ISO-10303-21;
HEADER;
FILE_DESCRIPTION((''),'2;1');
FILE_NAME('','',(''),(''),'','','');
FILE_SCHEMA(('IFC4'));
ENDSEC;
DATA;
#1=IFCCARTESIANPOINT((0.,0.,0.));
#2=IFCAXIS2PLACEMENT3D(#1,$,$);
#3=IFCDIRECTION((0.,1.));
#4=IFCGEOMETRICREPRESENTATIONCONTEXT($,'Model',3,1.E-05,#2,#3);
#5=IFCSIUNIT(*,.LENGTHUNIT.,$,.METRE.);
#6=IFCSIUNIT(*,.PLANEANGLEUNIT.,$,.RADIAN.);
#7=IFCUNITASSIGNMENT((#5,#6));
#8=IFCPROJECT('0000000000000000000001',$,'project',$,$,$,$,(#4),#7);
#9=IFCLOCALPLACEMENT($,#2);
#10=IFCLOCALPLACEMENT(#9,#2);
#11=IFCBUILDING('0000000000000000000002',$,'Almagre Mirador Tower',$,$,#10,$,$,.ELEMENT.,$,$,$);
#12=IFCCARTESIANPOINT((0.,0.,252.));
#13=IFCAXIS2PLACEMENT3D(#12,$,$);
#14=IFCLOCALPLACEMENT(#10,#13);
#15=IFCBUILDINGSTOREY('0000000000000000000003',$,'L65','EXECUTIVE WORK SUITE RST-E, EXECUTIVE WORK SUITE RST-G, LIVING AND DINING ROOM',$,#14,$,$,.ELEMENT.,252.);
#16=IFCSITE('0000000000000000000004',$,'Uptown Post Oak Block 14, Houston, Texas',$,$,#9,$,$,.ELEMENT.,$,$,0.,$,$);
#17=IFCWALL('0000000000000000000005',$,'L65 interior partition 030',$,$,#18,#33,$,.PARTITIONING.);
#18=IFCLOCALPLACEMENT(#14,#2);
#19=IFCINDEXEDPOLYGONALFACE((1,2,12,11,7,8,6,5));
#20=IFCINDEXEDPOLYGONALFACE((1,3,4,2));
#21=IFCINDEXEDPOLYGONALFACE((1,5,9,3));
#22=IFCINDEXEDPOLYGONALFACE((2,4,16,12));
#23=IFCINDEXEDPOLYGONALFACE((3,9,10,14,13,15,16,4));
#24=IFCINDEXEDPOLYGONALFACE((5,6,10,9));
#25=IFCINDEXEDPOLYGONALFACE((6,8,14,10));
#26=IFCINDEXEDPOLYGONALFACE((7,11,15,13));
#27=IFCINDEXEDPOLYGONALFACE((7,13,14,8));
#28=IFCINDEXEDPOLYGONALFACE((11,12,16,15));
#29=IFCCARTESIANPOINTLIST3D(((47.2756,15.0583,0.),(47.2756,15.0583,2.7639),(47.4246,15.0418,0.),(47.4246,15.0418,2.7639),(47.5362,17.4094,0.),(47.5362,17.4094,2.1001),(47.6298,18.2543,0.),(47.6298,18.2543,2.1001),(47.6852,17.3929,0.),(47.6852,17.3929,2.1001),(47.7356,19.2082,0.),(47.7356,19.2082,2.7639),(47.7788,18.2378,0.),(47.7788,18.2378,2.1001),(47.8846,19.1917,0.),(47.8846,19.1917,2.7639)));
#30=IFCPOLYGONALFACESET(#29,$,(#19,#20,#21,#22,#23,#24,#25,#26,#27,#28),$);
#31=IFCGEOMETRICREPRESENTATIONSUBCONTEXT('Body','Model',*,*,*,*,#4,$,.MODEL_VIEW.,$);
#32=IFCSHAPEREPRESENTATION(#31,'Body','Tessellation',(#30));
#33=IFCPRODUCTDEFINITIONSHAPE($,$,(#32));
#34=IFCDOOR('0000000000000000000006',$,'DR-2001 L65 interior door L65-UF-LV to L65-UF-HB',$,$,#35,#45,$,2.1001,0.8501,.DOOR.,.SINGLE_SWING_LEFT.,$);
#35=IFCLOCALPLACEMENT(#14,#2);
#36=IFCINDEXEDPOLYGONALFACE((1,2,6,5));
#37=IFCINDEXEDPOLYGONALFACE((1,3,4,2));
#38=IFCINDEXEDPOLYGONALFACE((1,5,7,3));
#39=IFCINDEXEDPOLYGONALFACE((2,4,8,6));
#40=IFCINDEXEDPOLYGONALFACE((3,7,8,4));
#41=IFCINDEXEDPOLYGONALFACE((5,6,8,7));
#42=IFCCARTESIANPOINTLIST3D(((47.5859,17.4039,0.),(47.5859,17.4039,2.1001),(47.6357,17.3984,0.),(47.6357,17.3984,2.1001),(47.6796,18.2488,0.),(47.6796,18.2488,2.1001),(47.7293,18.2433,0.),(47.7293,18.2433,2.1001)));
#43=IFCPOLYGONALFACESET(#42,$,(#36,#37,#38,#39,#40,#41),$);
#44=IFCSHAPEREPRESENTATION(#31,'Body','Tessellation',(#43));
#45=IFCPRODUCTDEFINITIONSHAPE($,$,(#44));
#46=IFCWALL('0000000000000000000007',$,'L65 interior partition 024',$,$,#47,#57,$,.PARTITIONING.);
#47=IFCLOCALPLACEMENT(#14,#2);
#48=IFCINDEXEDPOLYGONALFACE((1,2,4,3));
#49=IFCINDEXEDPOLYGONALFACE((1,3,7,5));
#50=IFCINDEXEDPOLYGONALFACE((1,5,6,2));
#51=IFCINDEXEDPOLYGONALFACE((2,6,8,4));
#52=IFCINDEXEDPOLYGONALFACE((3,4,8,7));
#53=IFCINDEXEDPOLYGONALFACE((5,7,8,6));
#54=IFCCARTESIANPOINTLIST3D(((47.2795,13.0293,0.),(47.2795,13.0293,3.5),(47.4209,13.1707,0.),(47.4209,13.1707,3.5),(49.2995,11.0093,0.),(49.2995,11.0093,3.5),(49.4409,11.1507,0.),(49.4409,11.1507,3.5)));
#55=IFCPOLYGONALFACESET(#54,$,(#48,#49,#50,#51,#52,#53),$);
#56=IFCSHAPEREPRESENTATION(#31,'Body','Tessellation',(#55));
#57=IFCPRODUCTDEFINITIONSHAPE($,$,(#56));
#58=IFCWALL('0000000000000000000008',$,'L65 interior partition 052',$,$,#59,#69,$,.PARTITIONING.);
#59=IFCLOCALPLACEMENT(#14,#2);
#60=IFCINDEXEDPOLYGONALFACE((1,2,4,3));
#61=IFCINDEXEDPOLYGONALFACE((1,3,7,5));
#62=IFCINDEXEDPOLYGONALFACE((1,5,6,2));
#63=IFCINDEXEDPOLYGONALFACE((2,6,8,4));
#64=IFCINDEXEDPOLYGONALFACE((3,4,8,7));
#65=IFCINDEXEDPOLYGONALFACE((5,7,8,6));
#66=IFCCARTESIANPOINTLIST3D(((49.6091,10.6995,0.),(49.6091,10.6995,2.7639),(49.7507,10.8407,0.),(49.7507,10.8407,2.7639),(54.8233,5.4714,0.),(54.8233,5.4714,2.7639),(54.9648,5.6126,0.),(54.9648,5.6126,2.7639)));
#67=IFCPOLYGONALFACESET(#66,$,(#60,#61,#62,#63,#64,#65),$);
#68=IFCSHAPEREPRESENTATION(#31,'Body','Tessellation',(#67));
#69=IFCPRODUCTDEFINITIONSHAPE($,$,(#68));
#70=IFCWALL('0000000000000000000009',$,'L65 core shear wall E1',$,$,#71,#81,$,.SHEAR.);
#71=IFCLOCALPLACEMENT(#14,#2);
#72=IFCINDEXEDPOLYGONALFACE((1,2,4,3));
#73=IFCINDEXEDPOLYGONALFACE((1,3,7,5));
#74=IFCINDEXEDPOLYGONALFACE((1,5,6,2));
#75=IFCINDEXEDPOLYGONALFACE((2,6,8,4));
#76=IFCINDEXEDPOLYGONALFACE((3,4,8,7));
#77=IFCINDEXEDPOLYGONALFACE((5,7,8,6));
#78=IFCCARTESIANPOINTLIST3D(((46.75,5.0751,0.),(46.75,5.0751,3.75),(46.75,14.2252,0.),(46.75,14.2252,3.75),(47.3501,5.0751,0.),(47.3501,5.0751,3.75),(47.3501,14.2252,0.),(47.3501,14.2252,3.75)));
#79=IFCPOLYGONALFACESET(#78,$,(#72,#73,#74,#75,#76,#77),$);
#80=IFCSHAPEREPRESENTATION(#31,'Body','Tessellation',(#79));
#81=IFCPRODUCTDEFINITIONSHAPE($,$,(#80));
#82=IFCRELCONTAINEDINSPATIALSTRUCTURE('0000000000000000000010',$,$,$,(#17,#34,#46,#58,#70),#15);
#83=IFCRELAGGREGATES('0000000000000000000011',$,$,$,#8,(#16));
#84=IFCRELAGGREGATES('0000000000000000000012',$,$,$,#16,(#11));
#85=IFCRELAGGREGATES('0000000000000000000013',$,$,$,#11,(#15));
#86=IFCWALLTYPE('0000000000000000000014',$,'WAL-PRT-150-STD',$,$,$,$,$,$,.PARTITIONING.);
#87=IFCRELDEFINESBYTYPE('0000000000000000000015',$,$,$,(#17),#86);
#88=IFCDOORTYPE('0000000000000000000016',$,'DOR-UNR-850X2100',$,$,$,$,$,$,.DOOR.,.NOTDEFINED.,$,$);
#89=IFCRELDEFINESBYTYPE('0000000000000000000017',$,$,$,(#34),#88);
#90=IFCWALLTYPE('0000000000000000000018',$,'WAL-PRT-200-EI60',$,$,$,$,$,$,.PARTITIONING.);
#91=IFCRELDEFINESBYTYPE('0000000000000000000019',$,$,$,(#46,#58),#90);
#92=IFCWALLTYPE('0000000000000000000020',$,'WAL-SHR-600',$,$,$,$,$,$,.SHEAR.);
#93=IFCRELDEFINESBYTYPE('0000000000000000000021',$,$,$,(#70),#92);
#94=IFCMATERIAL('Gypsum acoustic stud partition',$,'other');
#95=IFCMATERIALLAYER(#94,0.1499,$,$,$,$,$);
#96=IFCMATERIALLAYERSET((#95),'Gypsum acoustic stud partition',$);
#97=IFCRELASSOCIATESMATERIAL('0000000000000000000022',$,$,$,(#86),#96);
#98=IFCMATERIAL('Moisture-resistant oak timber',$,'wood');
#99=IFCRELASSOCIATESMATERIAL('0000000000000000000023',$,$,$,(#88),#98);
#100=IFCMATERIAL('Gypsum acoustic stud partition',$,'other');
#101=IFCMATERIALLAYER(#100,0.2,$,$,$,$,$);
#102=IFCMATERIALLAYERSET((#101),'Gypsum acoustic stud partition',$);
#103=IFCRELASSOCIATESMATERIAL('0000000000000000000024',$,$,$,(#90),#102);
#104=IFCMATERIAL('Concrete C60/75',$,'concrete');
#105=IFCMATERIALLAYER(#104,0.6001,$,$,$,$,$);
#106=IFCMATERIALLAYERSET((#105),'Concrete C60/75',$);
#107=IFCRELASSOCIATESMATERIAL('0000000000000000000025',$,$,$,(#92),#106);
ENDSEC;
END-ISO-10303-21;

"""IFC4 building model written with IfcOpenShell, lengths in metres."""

from ifc_helpers import new_model, si_unit, direction, frame, frame_2d, origin, place, context, subcontext, project, spatial, rectangle, extrude, material, layer, layer_set, type_object, element, fill, save


model = new_model("IFC4")

# Units and contexts
model_context = context("Model", 3, precision=1e-05, world=origin(), true_north=direction((0.0, 1.0)))
body_context = subcontext(model_context, "Body", "Model", "MODEL_VIEW")
ifc_project = project(units=[si_unit("LENGTHUNIT", "METRE"), si_unit("PLANEANGLEUNIT", "RADIAN")], contexts=[model_context])

# Site, building, storey
site_placement = place(None, origin())
site = spatial("IfcSite", under=ifc_project, at=site_placement, Name="Uptown Post Oak Block 14, Houston, Texas", CompositionType="ELEMENT", RefElevation=0.0)
building_placement = place(site_placement, origin())
building = spatial("IfcBuilding", under=site, at=building_placement, Name="Almagre Mirador Tower", CompositionType="ELEMENT")
storey_placement = place(building_placement, frame((0.0, 0.0, 252.0)))
storey = spatial("IfcBuildingStorey", under=building, at=storey_placement, Name="L65", Description="EXECUTIVE WORK SUITE RST-E, EXECUTIVE WORK SUITE RST-G, LIVING AND DINING ROOM", CompositionType="ELEMENT", Elevation=252.0)

# Wall, opening, door
ifc_material_1 = material(Name="Gypsum acoustic stud partition", Category="other")
ifc_layer_1 = layer(ifc_material_1, 0.1499)
ifc_layer_set_1 = layer_set([ifc_layer_1], Name="Gypsum acoustic stud partition")
wall_type_1 = type_object("IfcWallType", Name="WAL-PRT-150-STD", PredefinedType="PARTITIONING", material=ifc_layer_set_1)
wall_1_placement = place(storey_placement, frame((47.3501, 15.05, 0.0), z_axis=(0.0, 0.0, 1.0), x_axis=(0.110162, 0.993914, 0.0)))
wall_1 = element("IfcWall", 1, at=wall_1_placement, inside=storey, type_object=wall_type_1, Name="L65 interior partition 030", PredefinedType="PARTITIONING", context=body_context, shape_type="SweptSolid", body=[
    extrude(rectangle(XDim=4.1753, YDim=0.1499, at=frame_2d((2.0876, 0.0))), origin(), (0.0, 0.0, 1.0), 2.7639),
])
opening_1_placement = place(wall_1_placement, frame((2.3655, 0.0, 0.0)))
opening_1 = element("IfcOpeningElement", 2, at=opening_1_placement, cuts=wall_1, PredefinedType="OPENING", context=body_context, shape_type="SweptSolid", body=[
    extrude(rectangle(XDim=0.8501, YDim=2.1001, at=frame_2d((0.425, 1.05))), frame((0.0, 0.085, 0.0), z_axis=(0.0, -1.0, 0.0), x_axis=(1.0, 0.0, 0.0)), (0.0, 0.0, 1.0), 0.1699),
])
ifc_material_2 = material(Name="Moisture-resistant oak timber", Category="wood")
door_type = type_object("IfcDoorType", Name="DOR-UNR-850X2100", OperationType="NOTDEFINED", PredefinedType="DOOR", material=ifc_material_2)
door_placement = place(opening_1_placement, origin())
door = element("IfcDoor", 3, at=door_placement, inside=storey, type_object=door_type, Name="DR-2001 L65 interior door L65-UF-LV to L65-UF-HB", OperationType="SINGLE_SWING_LEFT", OverallHeight=2.1001, OverallWidth=0.8501, PredefinedType="DOOR", context=body_context, shape_type="SweptSolid", body=[
    extrude(rectangle(XDim=0.8501, YDim=2.1001, at=frame_2d((0.425, 1.05))), frame((0.0, 0.0249, 0.0), z_axis=(0.0, -1.0, 0.0), x_axis=(1.0, 0.0, 0.0)), (0.0, 0.0, 1.0), 0.05),
])
fill(opening_1, door)

# Walls
ifc_material_3 = material(Name="Gypsum acoustic stud partition", Category="other")
ifc_layer_2 = layer(ifc_material_3, 0.2)
ifc_layer_set_2 = layer_set([ifc_layer_2], Name="Gypsum acoustic stud partition")
wall_type_2 = type_object("IfcWallType", Name="WAL-PRT-200-EI60", PredefinedType="PARTITIONING", material=ifc_layer_set_2)
wall_2_placement = place(storey_placement, frame((49.3701, 11.0801, 0.0), z_axis=(0.0, 0.0, 1.0), x_axis=(-0.707107, 0.707107, 0.0)))
element("IfcWall", 4, at=wall_2_placement, inside=storey, type_object=wall_type_2, Name="L65 interior partition 024", PredefinedType="PARTITIONING", context=body_context, shape_type="SweptSolid", body=[
    extrude(rectangle(XDim=2.8567, YDim=0.2, at=frame_2d((1.4282, 0.0))), origin(), (0.0, 0.0, 1.0), 3.5),
])
wall_3_placement = place(storey_placement, frame((54.894, 5.542, 0.0), z_axis=(0.0, 0.0, 1.0), x_axis=(-0.706164, 0.708048, 0.0)))
element("IfcWall", 5, at=wall_3_placement, inside=storey, type_object=wall_type_2, Name="L65 interior partition 052", PredefinedType="PARTITIONING", context=body_context, shape_type="SweptSolid", body=[
    extrude(rectangle(XDim=7.3838, YDim=0.2, at=frame_2d((3.6919, 0.0))), origin(), (0.0, 0.0, 1.0), 2.7639),
])
ifc_material_4 = material(Name="Concrete C60/75", Category="concrete")
ifc_layer_3 = layer(ifc_material_4, 0.6001)
ifc_layer_set_3 = layer_set([ifc_layer_3], Name="Concrete C60/75")
wall_type_3 = type_object("IfcWallType", Name="WAL-SHR-600", PredefinedType="SHEAR", material=ifc_layer_set_3)
wall_4_placement = place(storey_placement, frame((47.05, 5.075, 0.0), z_axis=(0.0, 0.0, 1.0), x_axis=(0.0, 1.0, 0.0)))
element("IfcWall", 6, at=wall_4_placement, inside=storey, type_object=wall_type_3, Name="L65 core shear wall E1", PredefinedType="SHEAR", context=body_context, shape_type="SweptSolid", body=[
    extrude(rectangle(XDim=9.1501, YDim=0.6001, at=frame_2d((4.5752, 0.0))), origin(), (0.0, 0.0, 1.0), 3.75),
])

save(model, "model.ifc")
